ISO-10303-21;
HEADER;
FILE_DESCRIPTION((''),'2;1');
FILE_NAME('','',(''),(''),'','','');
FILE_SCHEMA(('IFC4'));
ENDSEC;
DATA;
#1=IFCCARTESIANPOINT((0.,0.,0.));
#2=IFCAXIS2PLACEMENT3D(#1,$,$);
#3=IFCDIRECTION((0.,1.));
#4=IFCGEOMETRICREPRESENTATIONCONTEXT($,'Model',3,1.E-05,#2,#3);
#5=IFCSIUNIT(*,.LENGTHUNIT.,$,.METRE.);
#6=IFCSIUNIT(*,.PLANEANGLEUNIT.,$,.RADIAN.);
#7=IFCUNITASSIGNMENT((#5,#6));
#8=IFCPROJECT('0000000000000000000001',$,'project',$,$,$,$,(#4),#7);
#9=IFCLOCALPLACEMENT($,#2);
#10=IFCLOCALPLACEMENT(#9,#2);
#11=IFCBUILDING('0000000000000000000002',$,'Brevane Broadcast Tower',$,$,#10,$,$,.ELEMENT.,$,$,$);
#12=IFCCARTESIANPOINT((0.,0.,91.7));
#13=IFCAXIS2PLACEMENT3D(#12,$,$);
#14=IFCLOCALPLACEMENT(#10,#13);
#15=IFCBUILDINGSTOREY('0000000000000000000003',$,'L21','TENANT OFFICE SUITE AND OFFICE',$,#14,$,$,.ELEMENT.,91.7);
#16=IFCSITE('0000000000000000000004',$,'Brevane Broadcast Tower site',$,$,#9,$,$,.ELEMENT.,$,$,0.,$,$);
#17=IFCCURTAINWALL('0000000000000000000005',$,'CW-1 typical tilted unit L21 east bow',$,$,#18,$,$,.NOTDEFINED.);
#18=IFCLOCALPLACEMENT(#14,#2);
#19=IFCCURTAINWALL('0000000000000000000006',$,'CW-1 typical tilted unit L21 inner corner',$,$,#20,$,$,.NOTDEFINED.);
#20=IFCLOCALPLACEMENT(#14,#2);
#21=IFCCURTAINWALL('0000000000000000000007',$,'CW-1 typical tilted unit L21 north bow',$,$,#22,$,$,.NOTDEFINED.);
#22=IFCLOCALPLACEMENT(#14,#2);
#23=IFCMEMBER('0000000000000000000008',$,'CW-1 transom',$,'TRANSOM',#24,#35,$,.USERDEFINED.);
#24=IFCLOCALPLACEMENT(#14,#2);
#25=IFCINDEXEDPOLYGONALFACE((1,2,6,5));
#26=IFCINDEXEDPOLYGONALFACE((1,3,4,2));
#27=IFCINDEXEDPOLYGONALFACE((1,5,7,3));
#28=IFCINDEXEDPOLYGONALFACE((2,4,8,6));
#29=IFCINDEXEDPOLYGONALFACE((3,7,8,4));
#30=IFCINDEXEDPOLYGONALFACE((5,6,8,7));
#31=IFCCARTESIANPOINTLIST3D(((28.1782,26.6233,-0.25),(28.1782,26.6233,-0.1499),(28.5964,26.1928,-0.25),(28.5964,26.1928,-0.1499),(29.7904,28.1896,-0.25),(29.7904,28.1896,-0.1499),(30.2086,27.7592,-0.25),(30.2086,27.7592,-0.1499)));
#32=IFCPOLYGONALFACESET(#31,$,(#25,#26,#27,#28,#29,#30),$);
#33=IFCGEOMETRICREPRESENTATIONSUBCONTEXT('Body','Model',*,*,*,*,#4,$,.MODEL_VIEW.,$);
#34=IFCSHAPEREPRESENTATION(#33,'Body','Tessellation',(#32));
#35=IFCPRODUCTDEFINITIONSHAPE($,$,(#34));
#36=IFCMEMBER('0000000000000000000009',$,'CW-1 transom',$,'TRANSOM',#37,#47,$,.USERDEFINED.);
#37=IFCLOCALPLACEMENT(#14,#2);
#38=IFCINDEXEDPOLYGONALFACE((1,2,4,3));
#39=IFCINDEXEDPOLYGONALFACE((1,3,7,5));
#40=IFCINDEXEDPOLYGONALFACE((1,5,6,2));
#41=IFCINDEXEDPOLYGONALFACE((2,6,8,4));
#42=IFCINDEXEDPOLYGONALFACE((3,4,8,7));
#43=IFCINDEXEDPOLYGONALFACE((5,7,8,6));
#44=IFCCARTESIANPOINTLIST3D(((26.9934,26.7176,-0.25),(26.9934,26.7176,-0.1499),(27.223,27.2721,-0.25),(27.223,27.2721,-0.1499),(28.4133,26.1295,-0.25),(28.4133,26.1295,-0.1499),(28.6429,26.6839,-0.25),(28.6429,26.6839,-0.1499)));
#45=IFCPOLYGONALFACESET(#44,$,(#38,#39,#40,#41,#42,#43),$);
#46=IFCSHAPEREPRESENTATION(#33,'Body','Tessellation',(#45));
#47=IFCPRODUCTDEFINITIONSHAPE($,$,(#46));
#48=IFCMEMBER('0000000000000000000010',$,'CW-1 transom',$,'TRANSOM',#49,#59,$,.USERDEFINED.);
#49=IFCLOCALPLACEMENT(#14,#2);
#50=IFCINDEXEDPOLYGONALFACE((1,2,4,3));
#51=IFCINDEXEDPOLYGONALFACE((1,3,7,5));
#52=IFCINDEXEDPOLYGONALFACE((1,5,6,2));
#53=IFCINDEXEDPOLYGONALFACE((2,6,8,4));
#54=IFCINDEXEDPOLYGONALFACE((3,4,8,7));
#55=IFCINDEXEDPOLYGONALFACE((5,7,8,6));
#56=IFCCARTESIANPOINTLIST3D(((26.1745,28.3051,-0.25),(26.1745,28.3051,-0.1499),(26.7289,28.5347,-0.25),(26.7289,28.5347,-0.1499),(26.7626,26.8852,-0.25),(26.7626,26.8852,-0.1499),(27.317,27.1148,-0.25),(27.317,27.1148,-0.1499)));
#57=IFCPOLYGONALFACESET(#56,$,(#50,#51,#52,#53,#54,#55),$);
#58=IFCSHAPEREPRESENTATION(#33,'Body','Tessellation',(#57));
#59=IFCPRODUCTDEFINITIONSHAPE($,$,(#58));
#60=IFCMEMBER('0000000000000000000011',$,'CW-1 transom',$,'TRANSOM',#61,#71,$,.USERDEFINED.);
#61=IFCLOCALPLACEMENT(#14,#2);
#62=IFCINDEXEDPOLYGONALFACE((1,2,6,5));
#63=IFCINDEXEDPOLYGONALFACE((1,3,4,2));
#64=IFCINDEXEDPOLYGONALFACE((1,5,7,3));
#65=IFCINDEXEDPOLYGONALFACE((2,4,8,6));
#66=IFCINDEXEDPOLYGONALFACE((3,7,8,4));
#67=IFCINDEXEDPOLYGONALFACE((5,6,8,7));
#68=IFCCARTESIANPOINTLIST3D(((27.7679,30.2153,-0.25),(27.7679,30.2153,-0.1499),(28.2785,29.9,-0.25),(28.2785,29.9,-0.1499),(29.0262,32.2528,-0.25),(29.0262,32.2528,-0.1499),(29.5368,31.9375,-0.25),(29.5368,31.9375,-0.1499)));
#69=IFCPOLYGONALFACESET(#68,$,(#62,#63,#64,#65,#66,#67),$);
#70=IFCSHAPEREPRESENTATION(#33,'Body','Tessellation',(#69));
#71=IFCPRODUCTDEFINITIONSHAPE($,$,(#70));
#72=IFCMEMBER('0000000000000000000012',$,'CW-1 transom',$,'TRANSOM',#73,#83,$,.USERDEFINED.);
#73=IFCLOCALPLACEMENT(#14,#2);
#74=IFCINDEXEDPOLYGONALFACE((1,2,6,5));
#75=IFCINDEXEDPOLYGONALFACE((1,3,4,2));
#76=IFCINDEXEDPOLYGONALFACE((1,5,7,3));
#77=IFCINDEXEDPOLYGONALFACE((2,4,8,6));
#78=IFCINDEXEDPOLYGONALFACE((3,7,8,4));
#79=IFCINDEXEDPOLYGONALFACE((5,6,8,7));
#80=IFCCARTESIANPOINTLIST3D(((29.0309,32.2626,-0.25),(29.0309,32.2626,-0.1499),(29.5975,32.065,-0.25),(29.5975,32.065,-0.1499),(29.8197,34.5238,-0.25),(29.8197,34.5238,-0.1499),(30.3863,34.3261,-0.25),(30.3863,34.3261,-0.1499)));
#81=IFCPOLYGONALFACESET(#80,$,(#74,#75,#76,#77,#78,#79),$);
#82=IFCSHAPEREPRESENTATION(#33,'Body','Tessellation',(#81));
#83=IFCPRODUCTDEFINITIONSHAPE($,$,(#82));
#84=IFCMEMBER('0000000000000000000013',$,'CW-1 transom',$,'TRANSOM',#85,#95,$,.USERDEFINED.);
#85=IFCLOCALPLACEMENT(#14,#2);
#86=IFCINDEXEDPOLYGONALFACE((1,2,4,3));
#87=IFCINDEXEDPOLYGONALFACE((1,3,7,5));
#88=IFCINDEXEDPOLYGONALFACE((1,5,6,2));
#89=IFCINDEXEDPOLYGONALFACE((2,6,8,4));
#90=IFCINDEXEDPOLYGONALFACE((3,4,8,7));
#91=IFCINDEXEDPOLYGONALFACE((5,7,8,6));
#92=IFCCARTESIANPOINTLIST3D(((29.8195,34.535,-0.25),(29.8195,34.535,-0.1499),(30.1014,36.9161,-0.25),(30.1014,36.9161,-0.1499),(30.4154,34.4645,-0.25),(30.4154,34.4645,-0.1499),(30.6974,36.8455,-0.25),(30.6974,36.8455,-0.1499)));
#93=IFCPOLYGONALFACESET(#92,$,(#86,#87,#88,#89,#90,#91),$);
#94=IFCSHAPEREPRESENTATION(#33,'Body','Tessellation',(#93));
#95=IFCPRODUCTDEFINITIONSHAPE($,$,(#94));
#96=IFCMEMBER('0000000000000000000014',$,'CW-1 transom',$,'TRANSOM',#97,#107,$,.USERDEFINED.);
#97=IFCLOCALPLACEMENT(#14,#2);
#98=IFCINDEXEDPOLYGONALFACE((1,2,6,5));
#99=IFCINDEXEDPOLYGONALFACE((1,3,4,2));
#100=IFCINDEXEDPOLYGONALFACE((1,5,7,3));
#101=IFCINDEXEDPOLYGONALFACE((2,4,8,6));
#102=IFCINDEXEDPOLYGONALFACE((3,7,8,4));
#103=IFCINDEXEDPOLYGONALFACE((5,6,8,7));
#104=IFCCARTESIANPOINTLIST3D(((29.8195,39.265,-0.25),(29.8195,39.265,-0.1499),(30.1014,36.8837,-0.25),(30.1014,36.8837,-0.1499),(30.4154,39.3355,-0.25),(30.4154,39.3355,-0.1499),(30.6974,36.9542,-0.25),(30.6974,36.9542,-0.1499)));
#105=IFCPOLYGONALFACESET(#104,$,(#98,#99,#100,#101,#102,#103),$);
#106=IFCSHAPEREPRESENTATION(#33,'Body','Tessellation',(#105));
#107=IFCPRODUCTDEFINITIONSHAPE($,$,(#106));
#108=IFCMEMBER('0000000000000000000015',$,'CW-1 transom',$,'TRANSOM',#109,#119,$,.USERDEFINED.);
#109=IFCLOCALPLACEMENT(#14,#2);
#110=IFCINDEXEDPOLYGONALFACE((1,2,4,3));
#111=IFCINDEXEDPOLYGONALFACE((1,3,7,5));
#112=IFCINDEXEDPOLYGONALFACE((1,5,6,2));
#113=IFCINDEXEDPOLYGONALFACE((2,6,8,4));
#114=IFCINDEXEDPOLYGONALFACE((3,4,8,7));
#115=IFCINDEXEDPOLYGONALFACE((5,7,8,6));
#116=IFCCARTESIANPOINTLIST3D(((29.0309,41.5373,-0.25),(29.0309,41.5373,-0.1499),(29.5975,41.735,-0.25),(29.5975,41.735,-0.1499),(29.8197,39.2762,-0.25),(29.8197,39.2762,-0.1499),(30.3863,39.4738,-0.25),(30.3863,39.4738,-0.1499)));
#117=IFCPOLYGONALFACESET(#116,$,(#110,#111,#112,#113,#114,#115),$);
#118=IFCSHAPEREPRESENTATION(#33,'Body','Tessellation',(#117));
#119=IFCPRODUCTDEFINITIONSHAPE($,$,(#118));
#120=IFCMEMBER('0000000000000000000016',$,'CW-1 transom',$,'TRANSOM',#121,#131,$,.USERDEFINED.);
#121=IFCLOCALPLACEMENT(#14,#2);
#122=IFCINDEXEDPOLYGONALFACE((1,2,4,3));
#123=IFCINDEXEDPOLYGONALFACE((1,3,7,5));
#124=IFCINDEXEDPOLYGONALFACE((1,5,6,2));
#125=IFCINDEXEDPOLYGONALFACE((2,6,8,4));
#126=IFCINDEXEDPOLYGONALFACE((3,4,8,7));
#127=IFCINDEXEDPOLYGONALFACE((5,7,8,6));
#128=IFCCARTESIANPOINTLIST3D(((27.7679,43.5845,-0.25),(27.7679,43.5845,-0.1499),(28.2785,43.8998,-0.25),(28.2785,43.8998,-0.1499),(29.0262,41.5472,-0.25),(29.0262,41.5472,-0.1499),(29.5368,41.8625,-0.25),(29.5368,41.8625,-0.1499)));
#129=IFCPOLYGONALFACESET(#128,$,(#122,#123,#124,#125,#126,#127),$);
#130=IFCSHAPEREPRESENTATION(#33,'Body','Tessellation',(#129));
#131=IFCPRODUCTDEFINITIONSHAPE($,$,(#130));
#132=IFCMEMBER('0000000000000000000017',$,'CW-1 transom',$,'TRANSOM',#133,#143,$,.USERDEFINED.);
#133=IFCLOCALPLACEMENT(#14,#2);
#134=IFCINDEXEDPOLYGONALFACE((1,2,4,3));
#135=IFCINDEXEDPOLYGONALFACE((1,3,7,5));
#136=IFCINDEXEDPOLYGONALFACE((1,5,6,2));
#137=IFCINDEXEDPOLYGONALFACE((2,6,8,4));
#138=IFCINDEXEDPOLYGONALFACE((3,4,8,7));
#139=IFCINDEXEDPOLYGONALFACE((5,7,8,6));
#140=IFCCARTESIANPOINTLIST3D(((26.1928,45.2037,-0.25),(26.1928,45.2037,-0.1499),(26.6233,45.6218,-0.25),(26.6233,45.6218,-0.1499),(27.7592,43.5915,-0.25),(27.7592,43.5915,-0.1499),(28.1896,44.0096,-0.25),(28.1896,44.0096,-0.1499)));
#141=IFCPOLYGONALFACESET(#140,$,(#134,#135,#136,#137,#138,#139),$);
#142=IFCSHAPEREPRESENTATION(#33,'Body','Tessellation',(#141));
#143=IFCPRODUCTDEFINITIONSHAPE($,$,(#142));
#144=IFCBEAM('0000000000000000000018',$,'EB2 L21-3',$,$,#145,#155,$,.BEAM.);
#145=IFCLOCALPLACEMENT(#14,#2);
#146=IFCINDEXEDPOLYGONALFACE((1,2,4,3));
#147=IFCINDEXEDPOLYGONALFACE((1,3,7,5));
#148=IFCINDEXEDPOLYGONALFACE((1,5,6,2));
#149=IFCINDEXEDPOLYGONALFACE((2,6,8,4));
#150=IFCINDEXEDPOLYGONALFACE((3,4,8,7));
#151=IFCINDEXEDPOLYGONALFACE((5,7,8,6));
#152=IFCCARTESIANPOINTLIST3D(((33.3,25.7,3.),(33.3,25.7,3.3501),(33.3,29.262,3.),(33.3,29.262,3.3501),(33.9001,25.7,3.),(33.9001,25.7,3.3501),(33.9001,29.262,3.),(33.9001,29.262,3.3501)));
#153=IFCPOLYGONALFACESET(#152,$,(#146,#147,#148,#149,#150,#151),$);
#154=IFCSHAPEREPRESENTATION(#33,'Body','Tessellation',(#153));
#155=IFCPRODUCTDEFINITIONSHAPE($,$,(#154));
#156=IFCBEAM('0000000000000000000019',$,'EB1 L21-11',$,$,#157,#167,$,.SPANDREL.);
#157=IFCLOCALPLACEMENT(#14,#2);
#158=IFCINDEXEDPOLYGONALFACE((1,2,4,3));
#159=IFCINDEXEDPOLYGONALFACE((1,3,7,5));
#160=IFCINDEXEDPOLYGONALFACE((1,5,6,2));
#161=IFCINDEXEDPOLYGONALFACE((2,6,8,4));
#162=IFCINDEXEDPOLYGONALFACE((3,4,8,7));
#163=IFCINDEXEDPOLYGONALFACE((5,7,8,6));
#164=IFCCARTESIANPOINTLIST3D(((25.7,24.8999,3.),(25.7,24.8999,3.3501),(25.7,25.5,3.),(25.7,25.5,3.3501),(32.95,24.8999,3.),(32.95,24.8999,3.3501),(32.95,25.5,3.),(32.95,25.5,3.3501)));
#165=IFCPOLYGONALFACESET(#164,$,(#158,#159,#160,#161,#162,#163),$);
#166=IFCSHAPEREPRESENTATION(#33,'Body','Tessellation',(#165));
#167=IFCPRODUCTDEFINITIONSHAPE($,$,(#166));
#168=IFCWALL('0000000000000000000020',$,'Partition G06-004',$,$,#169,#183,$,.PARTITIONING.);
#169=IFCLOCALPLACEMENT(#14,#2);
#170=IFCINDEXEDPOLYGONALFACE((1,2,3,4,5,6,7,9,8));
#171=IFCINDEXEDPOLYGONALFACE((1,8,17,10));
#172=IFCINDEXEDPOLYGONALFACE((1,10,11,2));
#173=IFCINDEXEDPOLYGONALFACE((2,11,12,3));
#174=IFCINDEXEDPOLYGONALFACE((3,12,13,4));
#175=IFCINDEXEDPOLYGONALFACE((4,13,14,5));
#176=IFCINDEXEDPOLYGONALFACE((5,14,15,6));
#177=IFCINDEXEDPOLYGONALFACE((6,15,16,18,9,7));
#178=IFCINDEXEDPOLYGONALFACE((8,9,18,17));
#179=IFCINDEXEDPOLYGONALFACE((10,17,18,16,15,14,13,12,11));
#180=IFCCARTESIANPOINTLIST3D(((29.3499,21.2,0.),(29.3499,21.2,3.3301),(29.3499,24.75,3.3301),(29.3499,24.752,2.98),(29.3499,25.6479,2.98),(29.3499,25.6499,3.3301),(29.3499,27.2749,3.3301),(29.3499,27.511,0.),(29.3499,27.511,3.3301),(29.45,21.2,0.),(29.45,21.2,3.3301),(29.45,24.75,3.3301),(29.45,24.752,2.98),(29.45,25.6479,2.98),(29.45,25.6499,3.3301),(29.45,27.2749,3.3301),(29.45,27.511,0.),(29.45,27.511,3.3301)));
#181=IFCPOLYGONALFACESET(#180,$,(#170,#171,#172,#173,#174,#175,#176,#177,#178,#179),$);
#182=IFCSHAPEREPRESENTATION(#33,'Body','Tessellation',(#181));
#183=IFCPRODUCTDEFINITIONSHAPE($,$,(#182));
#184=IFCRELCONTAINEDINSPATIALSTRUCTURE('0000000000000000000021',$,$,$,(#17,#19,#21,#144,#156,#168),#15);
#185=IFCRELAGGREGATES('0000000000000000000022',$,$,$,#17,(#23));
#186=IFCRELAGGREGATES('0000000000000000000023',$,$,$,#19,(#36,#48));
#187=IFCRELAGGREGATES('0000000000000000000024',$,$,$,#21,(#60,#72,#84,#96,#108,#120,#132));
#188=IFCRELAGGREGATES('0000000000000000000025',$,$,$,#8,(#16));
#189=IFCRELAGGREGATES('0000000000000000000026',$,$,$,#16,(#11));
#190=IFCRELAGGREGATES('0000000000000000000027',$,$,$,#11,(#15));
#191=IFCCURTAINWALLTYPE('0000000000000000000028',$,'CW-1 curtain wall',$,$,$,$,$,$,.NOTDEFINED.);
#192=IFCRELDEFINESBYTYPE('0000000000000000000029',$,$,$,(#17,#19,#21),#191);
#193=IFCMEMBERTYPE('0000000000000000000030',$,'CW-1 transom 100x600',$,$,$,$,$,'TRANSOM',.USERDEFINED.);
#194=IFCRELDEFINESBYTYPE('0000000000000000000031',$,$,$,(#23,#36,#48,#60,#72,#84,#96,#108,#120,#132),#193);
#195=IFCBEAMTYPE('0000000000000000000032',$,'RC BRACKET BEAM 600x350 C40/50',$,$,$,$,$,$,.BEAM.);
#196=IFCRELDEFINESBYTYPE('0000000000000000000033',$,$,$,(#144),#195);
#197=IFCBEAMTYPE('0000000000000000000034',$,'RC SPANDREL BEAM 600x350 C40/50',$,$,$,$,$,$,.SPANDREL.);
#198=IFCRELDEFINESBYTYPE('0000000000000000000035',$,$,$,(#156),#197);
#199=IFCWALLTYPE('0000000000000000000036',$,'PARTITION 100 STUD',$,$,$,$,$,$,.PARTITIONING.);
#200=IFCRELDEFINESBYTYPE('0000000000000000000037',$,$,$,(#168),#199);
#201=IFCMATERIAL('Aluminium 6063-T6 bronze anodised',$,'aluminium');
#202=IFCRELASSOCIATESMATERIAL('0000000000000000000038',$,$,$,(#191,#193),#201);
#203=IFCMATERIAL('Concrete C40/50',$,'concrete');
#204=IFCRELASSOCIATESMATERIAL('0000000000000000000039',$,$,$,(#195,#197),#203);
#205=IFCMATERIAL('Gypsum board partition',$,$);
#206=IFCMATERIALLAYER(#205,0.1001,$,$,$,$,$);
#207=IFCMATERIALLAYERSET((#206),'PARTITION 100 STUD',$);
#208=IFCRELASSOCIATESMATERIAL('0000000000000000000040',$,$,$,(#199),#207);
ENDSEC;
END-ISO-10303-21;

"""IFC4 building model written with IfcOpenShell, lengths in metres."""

from ifc_helpers import new_model, si_unit, direction, frame, origin, origin_2d, place, context, subcontext, project, spatial, polyline, rectangle, outline, extrude, material, layer, layer_set, material_profile, profile_set, type_object, element, aggregate, save


model = new_model("IFC4")

# Units and contexts
model_context = context("Model", 3, precision=1e-05, world=origin(), true_north=direction((0.0, 1.0)))
body_context = subcontext(model_context, "Body", "Model", "MODEL_VIEW")
ifc_project = project(units=[si_unit("LENGTHUNIT", "METRE"), si_unit("PLANEANGLEUNIT", "RADIAN")], contexts=[model_context])

# Site, building, storey
site_placement = place(None, origin())
site = spatial("IfcSite", under=ifc_project, at=site_placement, Name="Brevane Broadcast Tower site", CompositionType="ELEMENT", RefElevation=0.0)
building_placement = place(site_placement, origin())
building = spatial("IfcBuilding", under=site, at=building_placement, Name="Brevane Broadcast Tower", CompositionType="ELEMENT")
storey_placement = place(building_placement, frame((0.0, 0.0, 91.7)))
storey = spatial("IfcBuildingStorey", under=building, at=storey_placement, Name="L21", Description="TENANT OFFICE SUITE AND OFFICE", CompositionType="ELEMENT", Elevation=91.7)

# Curtain walls
ifc_material_1 = material(Name="Aluminium 6063-T6 bronze anodised", Category="aluminium")
curtain_wall_type = type_object("IfcCurtainWallType", Name="CW-1 curtain wall", PredefinedType="NOTDEFINED", material=ifc_material_1)
curtain_wall_1_placement = place(storey_placement, origin())
curtain_wall_1 = element("IfcCurtainWall", 1, at=curtain_wall_1_placement, inside=storey, type_object=curtain_wall_type, Name="CW-1 typical tilted unit L21 east bow", PredefinedType="NOTDEFINED")
curtain_wall_2_placement = place(storey_placement, origin())
curtain_wall_2 = element("IfcCurtainWall", 2, at=curtain_wall_2_placement, inside=storey, type_object=curtain_wall_type, Name="CW-1 typical tilted unit L21 inner corner", PredefinedType="NOTDEFINED")
curtain_wall_3_placement = place(storey_placement, origin())
curtain_wall_3 = element("IfcCurtainWall", 3, at=curtain_wall_3_placement, inside=storey, type_object=curtain_wall_type, Name="CW-1 typical tilted unit L21 north bow", PredefinedType="NOTDEFINED")

# Members
ifc_material_profile_1 = material_profile(ifc_material_1, rectangle(XDim=0.6001, YDim=0.1001, at=origin_2d()), Name="RECT 100x600")
ifc_profile_set_1 = profile_set([ifc_material_profile_1], Name="Aluminium 6063-T6 bronze anodised")
member_type_1 = type_object("IfcMemberType", Name="CW-1 transom 100x600", ElementType="TRANSOM", PredefinedType="USERDEFINED", material=ifc_profile_set_1)
member_1_placement = place(storey_placement, frame((29.9995, 27.9744, -0.2), z_axis=(-0.717242, -0.696824, 0.0), x_axis=(0.696824, -0.717242, 0.0)))
member_1 = element("IfcMember", 4, at=member_1_placement, type_object=member_type_1, Name="CW-1 transom", ObjectType="TRANSOM", PredefinedType="USERDEFINED", context=body_context, shape_type="SweptSolid", body=[
    extrude(rectangle(XDim=0.6001, YDim=0.1001, at=origin_2d()), origin(), (0.0, 0.0, 1.0), 2.2478),
])
aggregate(curtain_wall_1, [member_1])
member_2_placement = place(storey_placement, frame((28.5281, 26.4067, -0.2), z_axis=(-0.923883, 0.382674, 0.0), x_axis=(-0.382674, -0.923883, 0.0)))
member_2 = element("IfcMember", 5, at=member_2_placement, type_object=member_type_1, Name="CW-1 transom", ObjectType="TRANSOM", PredefinedType="USERDEFINED", context=body_context, shape_type="SweptSolid", body=[
    extrude(rectangle(XDim=0.6001, YDim=0.1001, at=origin_2d()), origin(), (0.0, 0.0, 1.0), 1.5369),
])
member_3_placement = place(storey_placement, frame((27.0398, 27.0, -0.2), z_axis=(-0.382674, 0.923883, 0.0), x_axis=(-0.923883, -0.382674, 0.0)))
member_3 = element("IfcMember", 6, at=member_3_placement, type_object=member_type_1, Name="CW-1 transom", ObjectType="TRANSOM", PredefinedType="USERDEFINED", context=body_context, shape_type="SweptSolid", body=[
    extrude(rectangle(XDim=0.6001, YDim=0.1001, at=origin_2d()), origin(), (0.0, 0.0, 1.0), 1.5369),
])
aggregate(curtain_wall_2, [member_2, member_3])
member_4_placement = place(storey_placement, frame((28.0232, 30.0576, -0.2), z_axis=(0.525428, 0.850838, 0.0), x_axis=(-0.850838, 0.525428, 0.0)))
member_4 = element("IfcMember", 7, at=member_4_placement, type_object=member_type_1, Name="CW-1 transom", ObjectType="TRANSOM", PredefinedType="USERDEFINED", context=body_context, shape_type="SweptSolid", body=[
    extrude(rectangle(XDim=0.6001, YDim=0.1001, at=origin_2d()), origin(), (0.0, 0.0, 1.0), 2.3948),
])
member_5_placement = place(storey_placement, frame((29.3142, 32.1638, -0.2), z_axis=(0.329378, 0.944198, 0.0), x_axis=(-0.944198, 0.329378, 0.0)))
member_5 = element("IfcMember", 8, at=member_5_placement, type_object=member_type_1, Name="CW-1 transom", ObjectType="TRANSOM", PredefinedType="USERDEFINED", context=body_context, shape_type="SweptSolid", body=[
    extrude(rectangle(XDim=0.6001, YDim=0.1001, at=origin_2d()), origin(), (0.0, 0.0, 1.0), 2.3948),
])
member_6_placement = place(storey_placement, frame((30.1174, 34.4998, -0.2), z_axis=(0.117603, 0.993061, 0.0), x_axis=(-0.993061, 0.117603, 0.0)))
member_6 = element("IfcMember", 9, at=member_6_placement, type_object=member_type_1, Name="CW-1 transom", ObjectType="TRANSOM", PredefinedType="USERDEFINED", context=body_context, shape_type="SweptSolid", body=[
    extrude(rectangle(XDim=0.6001, YDim=0.1001, at=origin_2d()), origin(), (0.0, 0.0, 1.0), 2.3977),
])
member_7_placement = place(storey_placement, frame((30.3994, 36.9189, -0.2), z_axis=(-0.117591, 0.993062, 0.0), x_axis=(-0.993062, -0.117591, 0.0)))
member_7 = element("IfcMember", 10, at=member_7_placement, type_object=member_type_1, Name="CW-1 transom", ObjectType="TRANSOM", PredefinedType="USERDEFINED", context=body_context, shape_type="SweptSolid", body=[
    extrude(rectangle(XDim=0.6001, YDim=0.1001, at=origin_2d()), origin(), (0.0, 0.0, 1.0), 2.3979),
])
member_8_placement = place(storey_placement, frame((30.103, 39.375, -0.2), z_axis=(-0.329378, 0.944198, 0.0), x_axis=(-0.944198, -0.329378, 0.0)))
member_8 = element("IfcMember", 11, at=member_8_placement, type_object=member_type_1, Name="CW-1 transom", ObjectType="TRANSOM", PredefinedType="USERDEFINED", context=body_context, shape_type="SweptSolid", body=[
    extrude(rectangle(XDim=0.6001, YDim=0.1001, at=origin_2d()), origin(), (0.0, 0.0, 1.0), 2.3948),
])
member_9_placement = place(storey_placement, frame((29.2815, 41.7048, -0.2), z_axis=(-0.525473, 0.85081, 0.0), x_axis=(-0.85081, -0.525473, 0.0)))
member_9 = element("IfcMember", 12, at=member_9_placement, type_object=member_type_1, Name="CW-1 transom", ObjectType="TRANSOM", PredefinedType="USERDEFINED", context=body_context, shape_type="SweptSolid", body=[
    extrude(rectangle(XDim=0.6001, YDim=0.1001, at=origin_2d()), origin(), (0.0, 0.0, 1.0), 2.3945),
])
member_10_placement = place(storey_placement, frame((27.9744, 43.8005, -0.2), z_axis=(-0.696824, 0.717242, 0.0), x_axis=(-0.717242, -0.696824, 0.0)))
member_10 = element("IfcMember", 13, at=member_10_placement, type_object=member_type_1, Name="CW-1 transom", ObjectType="TRANSOM", PredefinedType="USERDEFINED", context=body_context, shape_type="SweptSolid", body=[
    extrude(rectangle(XDim=0.6001, YDim=0.1001, at=origin_2d()), origin(), (0.0, 0.0, 1.0), 2.2478),
])
aggregate(curtain_wall_3, [member_4, member_5, member_6, member_7, member_8, member_9, member_10])

# Beams
ifc_material_2 = material(Name="Concrete C40/50", Category="concrete")
ifc_material_profile_2 = material_profile(ifc_material_2, rectangle(XDim=0.6001, YDim=0.3501, at=origin_2d()), Name="RC 600x350")
ifc_profile_set_2 = profile_set([ifc_material_profile_2], Name="Concrete C40/50")
beam_type_1 = type_object("IfcBeamType", Name="RC BRACKET BEAM 600x350 C40/50", PredefinedType="BEAM", material=ifc_profile_set_2)
beam_1_placement = place(storey_placement, frame((33.6001, 25.7, 3.175), z_axis=(0.0, 1.0, 0.0), x_axis=(-1.0, 0.0, 0.0)))
element("IfcBeam", 14, at=beam_1_placement, inside=storey, type_object=beam_type_1, Name="EB2 L21-3", PredefinedType="BEAM", context=body_context, shape_type="SweptSolid", body=[
    extrude(rectangle(XDim=0.6001, YDim=0.3501, at=origin_2d()), origin(), (0.0, 0.0, 1.0), 3.562),
])
ifc_material_profile_3 = material_profile(ifc_material_2, rectangle(XDim=0.6001, YDim=0.3501, at=origin_2d()), Name="RC 600x350")
ifc_profile_set_3 = profile_set([ifc_material_profile_3], Name="Concrete C40/50")
beam_type_2 = type_object("IfcBeamType", Name="RC SPANDREL BEAM 600x350 C40/50", PredefinedType="SPANDREL", material=ifc_profile_set_3)
beam_2_placement = place(storey_placement, frame((32.95, 25.2, 3.175), z_axis=(-1.0, 0.0, 0.0), x_axis=(0.0, -1.0, 0.0)))
element("IfcBeam", 15, at=beam_2_placement, inside=storey, type_object=beam_type_2, Name="EB1 L21-11", PredefinedType="SPANDREL", context=body_context, shape_type="SweptSolid", body=[
    extrude(rectangle(XDim=0.6001, YDim=0.3501, at=origin_2d()), origin(), (0.0, 0.0, 1.0), 7.25),
])

# Wall
ifc_material_3 = material(Name="Gypsum board partition")
ifc_layer_1 = layer(ifc_material_3, 0.1001)
ifc_layer_set_1 = layer_set([ifc_layer_1], Name="PARTITION 100 STUD")
wall_type_1 = type_object("IfcWallType", Name="PARTITION 100 STUD", PredefinedType="PARTITIONING", material=ifc_layer_set_1)
wall_1_placement = place(storey_placement, frame((29.3999, 27.511, 0.0), z_axis=(0.0, 0.0, 1.0), x_axis=(0.0, -1.0, 0.0)))
element("IfcWall", 16, at=wall_1_placement, inside=storey, type_object=wall_type_1, Name="Partition G06-004", PredefinedType="PARTITIONING", context=body_context, shape_type="SweptSolid", body=[
    extrude(outline(polyline([(0.0, 0.0), (6.311, 0.0), (6.311, 3.3301), (2.761, 3.3301), (2.759, 2.98), (1.863, 2.98), (1.8611, 3.3301), (0.2361, 3.3301), (0.0, 3.3301), (0.0, 0.0)])), frame((0.0, 0.05, 0.0), z_axis=(0.0, -1.0, 0.0), x_axis=(1.0, 0.0, 0.0)), (0.0, 0.0, 1.0), 0.1001),
])

save(model, "model.ifc")
